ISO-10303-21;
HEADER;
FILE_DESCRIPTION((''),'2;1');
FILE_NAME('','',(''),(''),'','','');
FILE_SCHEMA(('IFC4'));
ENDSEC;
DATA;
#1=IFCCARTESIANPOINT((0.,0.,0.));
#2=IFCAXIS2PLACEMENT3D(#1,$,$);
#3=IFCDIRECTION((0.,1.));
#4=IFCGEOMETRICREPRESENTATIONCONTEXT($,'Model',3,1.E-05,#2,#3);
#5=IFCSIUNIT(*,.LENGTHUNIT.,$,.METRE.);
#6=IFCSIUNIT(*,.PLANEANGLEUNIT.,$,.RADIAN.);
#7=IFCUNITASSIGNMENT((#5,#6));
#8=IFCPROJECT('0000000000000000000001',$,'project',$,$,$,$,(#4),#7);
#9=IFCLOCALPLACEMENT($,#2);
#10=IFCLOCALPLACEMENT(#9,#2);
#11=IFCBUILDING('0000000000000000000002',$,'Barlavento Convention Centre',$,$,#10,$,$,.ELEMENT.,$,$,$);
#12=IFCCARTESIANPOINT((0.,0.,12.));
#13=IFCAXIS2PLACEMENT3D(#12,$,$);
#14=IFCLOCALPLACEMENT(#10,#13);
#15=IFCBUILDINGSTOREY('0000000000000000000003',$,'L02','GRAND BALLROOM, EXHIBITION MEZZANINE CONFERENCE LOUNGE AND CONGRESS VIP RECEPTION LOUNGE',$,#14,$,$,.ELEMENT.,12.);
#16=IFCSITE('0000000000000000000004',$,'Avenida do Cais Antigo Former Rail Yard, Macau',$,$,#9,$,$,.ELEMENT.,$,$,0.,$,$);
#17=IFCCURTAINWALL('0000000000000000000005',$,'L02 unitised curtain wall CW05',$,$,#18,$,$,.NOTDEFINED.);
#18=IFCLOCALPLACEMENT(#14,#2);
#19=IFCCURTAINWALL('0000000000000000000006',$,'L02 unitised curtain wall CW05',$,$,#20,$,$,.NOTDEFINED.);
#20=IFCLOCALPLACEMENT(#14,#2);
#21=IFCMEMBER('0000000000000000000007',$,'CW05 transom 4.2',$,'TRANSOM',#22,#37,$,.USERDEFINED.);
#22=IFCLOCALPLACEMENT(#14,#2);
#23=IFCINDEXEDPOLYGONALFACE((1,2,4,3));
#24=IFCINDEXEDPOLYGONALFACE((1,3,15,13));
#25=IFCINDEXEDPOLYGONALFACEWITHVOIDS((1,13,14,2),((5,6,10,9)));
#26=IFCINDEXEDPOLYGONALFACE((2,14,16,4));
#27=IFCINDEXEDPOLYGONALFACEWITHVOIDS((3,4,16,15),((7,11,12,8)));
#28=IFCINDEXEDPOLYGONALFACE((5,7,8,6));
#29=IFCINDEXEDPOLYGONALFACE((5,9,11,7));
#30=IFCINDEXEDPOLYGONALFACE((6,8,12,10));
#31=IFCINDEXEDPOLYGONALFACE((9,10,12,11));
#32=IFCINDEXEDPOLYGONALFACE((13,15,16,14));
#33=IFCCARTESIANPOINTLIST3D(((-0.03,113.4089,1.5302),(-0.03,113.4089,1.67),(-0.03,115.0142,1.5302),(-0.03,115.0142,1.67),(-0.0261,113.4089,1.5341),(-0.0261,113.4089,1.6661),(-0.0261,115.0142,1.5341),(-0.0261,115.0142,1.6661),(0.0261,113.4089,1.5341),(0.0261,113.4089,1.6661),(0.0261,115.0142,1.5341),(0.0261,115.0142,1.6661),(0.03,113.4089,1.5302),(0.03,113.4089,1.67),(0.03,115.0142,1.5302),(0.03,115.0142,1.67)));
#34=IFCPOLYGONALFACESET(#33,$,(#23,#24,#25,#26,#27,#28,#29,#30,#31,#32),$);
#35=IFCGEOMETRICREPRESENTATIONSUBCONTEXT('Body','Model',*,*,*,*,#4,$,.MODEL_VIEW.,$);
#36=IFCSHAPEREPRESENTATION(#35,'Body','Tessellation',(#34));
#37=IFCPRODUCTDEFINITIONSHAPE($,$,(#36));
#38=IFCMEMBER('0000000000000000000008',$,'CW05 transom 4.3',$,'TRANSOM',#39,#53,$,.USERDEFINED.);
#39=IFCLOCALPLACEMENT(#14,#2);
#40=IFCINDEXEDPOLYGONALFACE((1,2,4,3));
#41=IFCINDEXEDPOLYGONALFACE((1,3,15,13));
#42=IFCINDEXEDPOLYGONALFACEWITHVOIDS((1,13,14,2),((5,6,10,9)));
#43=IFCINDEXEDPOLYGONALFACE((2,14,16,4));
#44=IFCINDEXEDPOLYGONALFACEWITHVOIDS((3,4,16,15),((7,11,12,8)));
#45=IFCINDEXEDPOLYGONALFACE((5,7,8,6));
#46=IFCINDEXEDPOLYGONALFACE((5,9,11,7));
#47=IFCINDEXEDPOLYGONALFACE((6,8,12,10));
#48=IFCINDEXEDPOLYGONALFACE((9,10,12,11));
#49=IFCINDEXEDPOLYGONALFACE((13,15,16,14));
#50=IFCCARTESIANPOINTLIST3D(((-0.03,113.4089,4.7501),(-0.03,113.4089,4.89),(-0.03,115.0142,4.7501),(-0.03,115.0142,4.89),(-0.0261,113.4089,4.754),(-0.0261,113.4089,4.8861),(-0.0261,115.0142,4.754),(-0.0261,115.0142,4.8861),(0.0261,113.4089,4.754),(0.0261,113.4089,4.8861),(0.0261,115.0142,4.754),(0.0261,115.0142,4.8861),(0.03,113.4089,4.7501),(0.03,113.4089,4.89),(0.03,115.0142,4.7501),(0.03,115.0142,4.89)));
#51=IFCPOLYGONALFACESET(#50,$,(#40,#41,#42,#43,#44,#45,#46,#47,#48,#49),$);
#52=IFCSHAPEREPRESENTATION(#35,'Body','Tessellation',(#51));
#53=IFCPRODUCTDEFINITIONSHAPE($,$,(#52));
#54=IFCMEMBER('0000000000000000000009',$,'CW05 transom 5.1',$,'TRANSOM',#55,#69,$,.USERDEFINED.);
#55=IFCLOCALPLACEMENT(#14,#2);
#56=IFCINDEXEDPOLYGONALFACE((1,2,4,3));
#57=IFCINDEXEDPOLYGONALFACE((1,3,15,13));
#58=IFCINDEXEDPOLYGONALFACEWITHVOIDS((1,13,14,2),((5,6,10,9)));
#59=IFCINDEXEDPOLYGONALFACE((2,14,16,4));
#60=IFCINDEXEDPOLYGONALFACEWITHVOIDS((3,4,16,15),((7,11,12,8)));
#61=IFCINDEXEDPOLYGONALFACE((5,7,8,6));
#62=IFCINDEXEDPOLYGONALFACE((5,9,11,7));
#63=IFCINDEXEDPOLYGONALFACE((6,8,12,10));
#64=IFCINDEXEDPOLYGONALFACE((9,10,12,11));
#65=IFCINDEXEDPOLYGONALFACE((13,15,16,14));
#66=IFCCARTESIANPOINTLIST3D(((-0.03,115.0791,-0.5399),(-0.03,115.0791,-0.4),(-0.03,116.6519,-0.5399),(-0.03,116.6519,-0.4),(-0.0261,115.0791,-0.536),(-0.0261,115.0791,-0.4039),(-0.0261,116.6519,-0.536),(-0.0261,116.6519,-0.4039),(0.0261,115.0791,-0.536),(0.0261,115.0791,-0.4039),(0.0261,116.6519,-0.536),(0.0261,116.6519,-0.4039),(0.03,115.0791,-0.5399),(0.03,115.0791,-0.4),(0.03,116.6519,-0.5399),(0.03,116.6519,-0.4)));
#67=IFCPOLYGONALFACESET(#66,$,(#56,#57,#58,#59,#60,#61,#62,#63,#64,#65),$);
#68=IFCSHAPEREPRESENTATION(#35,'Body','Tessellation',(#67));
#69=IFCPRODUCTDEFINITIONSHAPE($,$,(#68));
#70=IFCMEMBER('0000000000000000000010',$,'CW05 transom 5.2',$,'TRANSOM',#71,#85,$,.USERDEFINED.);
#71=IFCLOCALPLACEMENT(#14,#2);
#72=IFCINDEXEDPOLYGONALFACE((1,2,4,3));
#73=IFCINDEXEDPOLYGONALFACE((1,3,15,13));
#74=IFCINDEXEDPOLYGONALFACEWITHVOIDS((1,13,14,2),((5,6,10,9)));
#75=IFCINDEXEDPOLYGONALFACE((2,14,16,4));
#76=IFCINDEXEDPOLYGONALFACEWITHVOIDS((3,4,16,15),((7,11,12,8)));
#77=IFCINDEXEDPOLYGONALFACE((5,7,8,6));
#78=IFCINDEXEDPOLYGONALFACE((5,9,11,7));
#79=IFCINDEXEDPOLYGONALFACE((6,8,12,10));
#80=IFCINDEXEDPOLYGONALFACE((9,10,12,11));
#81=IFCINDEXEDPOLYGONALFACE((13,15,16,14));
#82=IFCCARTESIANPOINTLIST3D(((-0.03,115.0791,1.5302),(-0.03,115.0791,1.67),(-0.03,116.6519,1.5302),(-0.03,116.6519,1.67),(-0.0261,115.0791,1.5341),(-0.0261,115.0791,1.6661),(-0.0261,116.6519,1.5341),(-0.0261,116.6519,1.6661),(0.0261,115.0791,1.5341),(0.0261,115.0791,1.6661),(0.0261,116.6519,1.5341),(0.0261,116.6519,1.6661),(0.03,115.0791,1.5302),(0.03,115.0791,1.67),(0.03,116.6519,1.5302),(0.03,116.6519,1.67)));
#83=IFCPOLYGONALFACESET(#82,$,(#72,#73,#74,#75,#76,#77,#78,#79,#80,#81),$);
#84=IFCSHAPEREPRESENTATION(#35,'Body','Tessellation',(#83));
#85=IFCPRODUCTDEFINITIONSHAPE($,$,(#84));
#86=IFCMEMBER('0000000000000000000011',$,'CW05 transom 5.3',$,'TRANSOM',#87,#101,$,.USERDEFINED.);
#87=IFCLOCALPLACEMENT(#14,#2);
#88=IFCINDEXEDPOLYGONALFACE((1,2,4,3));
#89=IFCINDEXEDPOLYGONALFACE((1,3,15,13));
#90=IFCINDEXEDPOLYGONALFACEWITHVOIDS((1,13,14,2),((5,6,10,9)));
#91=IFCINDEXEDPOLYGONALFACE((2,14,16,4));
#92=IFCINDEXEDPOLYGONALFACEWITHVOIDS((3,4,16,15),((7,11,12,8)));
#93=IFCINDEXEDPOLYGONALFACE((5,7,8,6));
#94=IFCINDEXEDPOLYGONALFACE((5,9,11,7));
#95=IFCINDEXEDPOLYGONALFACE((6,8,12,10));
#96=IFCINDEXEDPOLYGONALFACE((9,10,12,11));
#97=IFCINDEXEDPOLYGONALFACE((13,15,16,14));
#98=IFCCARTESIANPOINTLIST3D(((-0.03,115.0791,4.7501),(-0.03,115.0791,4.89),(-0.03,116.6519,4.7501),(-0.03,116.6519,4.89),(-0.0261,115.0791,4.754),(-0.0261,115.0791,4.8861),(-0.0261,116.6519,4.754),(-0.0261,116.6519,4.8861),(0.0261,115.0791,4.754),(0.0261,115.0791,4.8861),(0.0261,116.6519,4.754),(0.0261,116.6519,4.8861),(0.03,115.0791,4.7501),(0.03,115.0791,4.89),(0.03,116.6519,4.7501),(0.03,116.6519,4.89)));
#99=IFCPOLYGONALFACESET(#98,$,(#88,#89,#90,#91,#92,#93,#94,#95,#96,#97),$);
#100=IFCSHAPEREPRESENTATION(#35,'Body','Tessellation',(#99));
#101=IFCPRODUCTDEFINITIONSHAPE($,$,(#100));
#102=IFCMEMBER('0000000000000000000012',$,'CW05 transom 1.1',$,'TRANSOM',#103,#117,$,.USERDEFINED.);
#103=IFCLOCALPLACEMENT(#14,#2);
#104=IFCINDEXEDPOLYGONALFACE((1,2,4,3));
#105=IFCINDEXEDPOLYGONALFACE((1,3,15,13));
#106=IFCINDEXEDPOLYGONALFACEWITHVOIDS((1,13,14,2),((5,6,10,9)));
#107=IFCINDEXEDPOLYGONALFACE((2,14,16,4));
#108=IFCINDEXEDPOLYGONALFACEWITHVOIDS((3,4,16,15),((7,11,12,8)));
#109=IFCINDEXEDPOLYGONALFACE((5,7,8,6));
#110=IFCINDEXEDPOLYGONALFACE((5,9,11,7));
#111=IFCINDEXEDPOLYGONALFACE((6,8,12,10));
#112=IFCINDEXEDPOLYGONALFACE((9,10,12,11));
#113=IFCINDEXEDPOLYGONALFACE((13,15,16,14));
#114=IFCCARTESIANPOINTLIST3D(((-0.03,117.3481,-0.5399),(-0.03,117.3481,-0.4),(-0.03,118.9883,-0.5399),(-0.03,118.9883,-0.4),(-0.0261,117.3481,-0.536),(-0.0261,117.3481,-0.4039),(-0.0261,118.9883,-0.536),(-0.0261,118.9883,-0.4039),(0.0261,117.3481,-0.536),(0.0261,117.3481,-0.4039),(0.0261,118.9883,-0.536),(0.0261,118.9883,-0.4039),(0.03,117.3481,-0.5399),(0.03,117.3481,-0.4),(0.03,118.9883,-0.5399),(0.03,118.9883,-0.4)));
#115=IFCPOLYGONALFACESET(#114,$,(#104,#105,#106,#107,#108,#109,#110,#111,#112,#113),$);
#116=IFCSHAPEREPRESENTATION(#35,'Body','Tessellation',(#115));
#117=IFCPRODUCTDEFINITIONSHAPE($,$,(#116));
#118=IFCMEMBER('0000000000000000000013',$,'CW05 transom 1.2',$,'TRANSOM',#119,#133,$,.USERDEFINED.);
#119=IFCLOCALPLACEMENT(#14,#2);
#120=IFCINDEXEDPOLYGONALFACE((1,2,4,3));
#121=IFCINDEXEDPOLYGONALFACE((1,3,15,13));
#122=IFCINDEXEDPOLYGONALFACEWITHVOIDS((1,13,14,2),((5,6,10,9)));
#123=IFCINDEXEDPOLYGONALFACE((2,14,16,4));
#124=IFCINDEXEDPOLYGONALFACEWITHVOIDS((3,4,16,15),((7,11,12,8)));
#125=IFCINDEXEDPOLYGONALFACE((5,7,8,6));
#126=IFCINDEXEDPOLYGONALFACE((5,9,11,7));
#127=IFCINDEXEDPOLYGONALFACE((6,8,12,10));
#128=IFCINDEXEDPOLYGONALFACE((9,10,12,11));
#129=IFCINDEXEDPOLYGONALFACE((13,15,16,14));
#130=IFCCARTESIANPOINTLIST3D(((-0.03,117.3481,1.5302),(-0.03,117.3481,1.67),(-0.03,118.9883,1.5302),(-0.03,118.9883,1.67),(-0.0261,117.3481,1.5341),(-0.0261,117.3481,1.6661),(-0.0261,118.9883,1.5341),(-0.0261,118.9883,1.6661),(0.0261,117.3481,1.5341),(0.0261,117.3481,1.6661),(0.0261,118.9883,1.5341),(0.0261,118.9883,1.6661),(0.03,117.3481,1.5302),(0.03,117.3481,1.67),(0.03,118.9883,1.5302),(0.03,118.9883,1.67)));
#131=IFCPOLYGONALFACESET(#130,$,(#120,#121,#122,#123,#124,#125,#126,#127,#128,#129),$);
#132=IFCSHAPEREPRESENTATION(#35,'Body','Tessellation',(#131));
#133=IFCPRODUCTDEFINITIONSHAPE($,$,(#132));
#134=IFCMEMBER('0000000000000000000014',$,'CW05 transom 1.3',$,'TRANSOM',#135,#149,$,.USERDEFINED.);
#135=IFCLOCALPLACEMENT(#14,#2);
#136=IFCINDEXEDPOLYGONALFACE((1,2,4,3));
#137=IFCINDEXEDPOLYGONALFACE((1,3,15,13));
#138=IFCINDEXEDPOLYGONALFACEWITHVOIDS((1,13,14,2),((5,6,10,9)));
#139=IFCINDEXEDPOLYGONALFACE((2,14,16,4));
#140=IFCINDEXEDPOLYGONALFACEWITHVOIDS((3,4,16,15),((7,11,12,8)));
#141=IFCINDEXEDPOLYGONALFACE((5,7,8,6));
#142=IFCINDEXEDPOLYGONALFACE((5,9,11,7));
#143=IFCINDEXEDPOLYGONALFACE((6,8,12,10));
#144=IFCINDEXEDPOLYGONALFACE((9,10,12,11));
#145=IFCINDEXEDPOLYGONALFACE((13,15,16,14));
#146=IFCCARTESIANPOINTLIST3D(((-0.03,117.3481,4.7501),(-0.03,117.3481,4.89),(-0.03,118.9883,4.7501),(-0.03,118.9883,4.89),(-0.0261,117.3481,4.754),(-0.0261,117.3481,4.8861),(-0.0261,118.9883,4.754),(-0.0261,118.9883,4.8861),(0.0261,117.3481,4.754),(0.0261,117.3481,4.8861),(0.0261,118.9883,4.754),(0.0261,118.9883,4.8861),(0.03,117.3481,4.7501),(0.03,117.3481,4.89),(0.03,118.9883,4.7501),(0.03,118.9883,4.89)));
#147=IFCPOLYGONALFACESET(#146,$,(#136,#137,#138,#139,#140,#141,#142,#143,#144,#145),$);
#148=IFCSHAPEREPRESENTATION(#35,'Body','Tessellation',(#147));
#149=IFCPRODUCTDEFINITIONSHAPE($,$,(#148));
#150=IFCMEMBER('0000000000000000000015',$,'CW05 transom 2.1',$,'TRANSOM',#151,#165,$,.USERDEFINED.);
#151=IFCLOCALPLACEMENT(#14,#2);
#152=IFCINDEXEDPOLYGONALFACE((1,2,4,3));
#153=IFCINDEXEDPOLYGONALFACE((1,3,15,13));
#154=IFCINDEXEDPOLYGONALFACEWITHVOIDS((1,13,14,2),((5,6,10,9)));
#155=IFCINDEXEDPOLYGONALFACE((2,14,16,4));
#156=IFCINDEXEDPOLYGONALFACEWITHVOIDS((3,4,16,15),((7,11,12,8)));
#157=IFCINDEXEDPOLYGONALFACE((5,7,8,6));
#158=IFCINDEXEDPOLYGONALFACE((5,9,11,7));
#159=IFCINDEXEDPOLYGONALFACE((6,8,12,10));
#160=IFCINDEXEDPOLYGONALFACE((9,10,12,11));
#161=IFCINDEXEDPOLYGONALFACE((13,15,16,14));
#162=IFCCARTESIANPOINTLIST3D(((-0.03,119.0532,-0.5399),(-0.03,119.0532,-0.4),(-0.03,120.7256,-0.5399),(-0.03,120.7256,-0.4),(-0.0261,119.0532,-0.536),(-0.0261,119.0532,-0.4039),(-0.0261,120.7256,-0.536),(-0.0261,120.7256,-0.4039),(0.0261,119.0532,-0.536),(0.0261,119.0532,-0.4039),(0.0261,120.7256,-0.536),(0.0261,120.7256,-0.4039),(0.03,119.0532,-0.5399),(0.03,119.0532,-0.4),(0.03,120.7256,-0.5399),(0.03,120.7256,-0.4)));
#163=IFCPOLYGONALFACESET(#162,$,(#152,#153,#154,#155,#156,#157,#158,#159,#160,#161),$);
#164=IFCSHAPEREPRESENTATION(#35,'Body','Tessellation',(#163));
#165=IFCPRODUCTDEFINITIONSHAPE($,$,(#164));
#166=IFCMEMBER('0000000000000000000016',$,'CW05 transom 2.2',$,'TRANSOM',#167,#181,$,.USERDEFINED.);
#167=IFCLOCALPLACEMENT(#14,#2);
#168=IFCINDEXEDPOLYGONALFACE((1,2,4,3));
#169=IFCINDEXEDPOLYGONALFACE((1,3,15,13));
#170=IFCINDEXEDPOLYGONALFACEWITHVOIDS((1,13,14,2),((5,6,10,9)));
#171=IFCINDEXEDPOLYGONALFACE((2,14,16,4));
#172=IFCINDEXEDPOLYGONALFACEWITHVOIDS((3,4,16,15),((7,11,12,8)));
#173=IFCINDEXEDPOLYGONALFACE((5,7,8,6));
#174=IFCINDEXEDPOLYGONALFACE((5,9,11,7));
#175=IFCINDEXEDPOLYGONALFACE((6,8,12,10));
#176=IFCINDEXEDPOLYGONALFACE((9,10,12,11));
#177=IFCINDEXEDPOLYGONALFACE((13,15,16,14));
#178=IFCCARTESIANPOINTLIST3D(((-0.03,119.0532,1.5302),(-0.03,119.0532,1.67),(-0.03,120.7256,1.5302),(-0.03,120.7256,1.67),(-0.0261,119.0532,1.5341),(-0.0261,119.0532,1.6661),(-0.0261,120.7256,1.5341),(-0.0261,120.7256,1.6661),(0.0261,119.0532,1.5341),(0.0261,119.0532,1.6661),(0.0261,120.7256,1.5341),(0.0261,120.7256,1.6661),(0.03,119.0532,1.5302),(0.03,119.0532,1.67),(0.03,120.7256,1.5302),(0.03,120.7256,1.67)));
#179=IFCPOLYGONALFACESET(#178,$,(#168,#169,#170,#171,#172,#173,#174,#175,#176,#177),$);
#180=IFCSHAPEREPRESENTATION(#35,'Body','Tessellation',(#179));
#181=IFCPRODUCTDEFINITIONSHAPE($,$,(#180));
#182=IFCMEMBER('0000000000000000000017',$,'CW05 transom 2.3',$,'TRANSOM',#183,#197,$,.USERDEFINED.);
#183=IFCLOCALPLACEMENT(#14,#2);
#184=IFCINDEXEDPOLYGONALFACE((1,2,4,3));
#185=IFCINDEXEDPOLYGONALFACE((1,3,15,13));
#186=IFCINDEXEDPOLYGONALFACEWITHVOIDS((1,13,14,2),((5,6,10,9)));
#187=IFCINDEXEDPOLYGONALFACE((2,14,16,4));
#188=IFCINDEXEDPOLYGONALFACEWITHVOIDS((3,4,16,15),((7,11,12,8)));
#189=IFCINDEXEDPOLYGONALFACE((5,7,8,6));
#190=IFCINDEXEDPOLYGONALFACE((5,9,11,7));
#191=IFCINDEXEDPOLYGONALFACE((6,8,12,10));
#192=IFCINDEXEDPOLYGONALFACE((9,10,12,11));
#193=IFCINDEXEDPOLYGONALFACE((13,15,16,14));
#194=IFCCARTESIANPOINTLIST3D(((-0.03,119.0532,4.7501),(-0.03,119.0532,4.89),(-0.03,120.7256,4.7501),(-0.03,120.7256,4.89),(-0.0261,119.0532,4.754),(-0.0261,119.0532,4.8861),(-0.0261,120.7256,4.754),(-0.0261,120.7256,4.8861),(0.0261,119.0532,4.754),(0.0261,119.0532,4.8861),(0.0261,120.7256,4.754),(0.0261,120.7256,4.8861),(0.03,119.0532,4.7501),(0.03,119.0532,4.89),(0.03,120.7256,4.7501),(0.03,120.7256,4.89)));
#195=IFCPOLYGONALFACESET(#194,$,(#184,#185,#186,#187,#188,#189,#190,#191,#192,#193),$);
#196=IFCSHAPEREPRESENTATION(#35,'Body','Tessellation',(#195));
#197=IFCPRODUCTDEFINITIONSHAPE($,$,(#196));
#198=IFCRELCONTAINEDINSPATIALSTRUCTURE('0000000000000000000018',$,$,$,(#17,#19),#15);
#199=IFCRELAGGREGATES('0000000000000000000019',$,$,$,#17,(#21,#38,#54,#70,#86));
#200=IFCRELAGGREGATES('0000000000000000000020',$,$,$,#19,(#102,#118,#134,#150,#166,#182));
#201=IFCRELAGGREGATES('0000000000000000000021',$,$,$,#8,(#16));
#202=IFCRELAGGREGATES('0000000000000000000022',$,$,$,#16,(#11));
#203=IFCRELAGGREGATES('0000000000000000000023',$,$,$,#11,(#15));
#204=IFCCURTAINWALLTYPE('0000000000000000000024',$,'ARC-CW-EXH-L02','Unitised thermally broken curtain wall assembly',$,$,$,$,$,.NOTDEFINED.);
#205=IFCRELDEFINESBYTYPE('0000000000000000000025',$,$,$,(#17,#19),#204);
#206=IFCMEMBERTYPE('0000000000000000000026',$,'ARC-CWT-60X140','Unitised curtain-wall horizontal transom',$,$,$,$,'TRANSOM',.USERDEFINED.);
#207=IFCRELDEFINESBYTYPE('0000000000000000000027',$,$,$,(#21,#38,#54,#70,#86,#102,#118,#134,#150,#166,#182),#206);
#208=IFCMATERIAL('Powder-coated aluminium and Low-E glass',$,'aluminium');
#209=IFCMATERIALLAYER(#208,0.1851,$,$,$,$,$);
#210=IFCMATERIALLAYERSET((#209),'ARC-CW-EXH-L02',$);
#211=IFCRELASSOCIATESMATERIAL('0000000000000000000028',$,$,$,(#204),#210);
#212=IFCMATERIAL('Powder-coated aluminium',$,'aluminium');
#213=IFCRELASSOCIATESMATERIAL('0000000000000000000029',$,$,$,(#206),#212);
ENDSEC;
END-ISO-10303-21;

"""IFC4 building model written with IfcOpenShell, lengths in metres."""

from ifc_helpers import new_model, si_unit, direction, frame, origin, origin_2d, place, context, subcontext, project, spatial, hollow_rectangle, extrude, material, layer, layer_set, material_profile, profile_set, type_object, element, aggregate, save


model = new_model("IFC4")

# Units and contexts
model_context = context("Model", 3, precision=1e-05, world=origin(), true_north=direction((0.0, 1.0)))
body_context = subcontext(model_context, "Body", "Model", "MODEL_VIEW")
ifc_project = project(units=[si_unit("LENGTHUNIT", "METRE"), si_unit("PLANEANGLEUNIT", "RADIAN")], contexts=[model_context])

# Site, building, storey
site_placement = place(None, origin())
site = spatial("IfcSite", under=ifc_project, at=site_placement, Name="Avenida do Cais Antigo Former Rail Yard, Macau", CompositionType="ELEMENT", RefElevation=0.0)
building_placement = place(site_placement, origin())
building = spatial("IfcBuilding", under=site, at=building_placement, Name="Barlavento Convention Centre", CompositionType="ELEMENT")
storey_placement = place(building_placement, frame((0.0, 0.0, 12.0)))
storey = spatial("IfcBuildingStorey", under=building, at=storey_placement, Name="L02", Description="GRAND BALLROOM, EXHIBITION MEZZANINE CONFERENCE LOUNGE AND CONGRESS VIP RECEPTION LOUNGE", CompositionType="ELEMENT", Elevation=12.0)

# Curtain walls
ifc_material_1 = material(Name="Powder-coated aluminium and Low-E glass", Category="aluminium")
ifc_layer_1 = layer(ifc_material_1, 0.1851)
ifc_layer_set_1 = layer_set([ifc_layer_1], Name="ARC-CW-EXH-L02")
curtain_wall_type = type_object("IfcCurtainWallType", Name="ARC-CW-EXH-L02", Description="Unitised thermally broken curtain wall assembly", PredefinedType="NOTDEFINED", material=ifc_layer_set_1)
curtain_wall_1_placement = place(storey_placement, origin())
curtain_wall_1 = element("IfcCurtainWall", 1, at=curtain_wall_1_placement, inside=storey, type_object=curtain_wall_type, Name="L02 unitised curtain wall CW05", PredefinedType="NOTDEFINED")
ifc_material_2 = material(Name="Powder-coated aluminium", Category="aluminium")
curtain_wall_2_placement = place(storey_placement, origin())
curtain_wall_2 = element("IfcCurtainWall", 2, at=curtain_wall_2_placement, inside=storey, type_object=curtain_wall_type, Name="L02 unitised curtain wall CW05", PredefinedType="NOTDEFINED")

# Members
ifc_material_profile_1 = material_profile(ifc_material_2, hollow_rectangle(XDim=0.0601, YDim=0.1399, WallThickness=0.0039, at=origin_2d()), Name="AL-TRAN 60x140x4")
ifc_profile_set_1 = profile_set([ifc_material_profile_1], Name="Powder-coated aluminium")
member_type_1 = type_object("IfcMemberType", Name="ARC-CWT-60X140", Description="Unitised curtain-wall horizontal transom", ElementType="TRANSOM", PredefinedType="USERDEFINED", material=ifc_profile_set_1)
member_1_placement = place(storey_placement, frame((0.0, 113.4089, 1.6001), z_axis=(0.0, 1.0, 0.0), x_axis=(-1.0, 0.0, 0.0)))
member_1 = element("IfcMember", 3, at=member_1_placement, type_object=member_type_1, Name="CW05 transom 4.2", ObjectType="TRANSOM", PredefinedType="USERDEFINED", context=body_context, shape_type="SweptSolid", body=[
    extrude(hollow_rectangle(XDim=0.0601, YDim=0.1399, WallThickness=0.0039, at=origin_2d()), origin(), (0.0, 0.0, 1.0), 1.6052),
])
member_2_placement = place(storey_placement, frame((0.0, 113.4089, 4.8201), z_axis=(0.0, 1.0, 0.0), x_axis=(-1.0, 0.0, 0.0)))
member_2 = element("IfcMember", 4, at=member_2_placement, type_object=member_type_1, Name="CW05 transom 4.3", ObjectType="TRANSOM", PredefinedType="USERDEFINED", context=body_context, shape_type="SweptSolid", body=[
    extrude(hollow_rectangle(XDim=0.0601, YDim=0.1399, WallThickness=0.0039, at=origin_2d()), origin(), (0.0, 0.0, 1.0), 1.6052),
])
member_3_placement = place(storey_placement, frame((0.0, 115.0791, -0.47), z_axis=(0.0, 1.0, 0.0), x_axis=(-1.0, 0.0, 0.0)))
member_3 = element("IfcMember", 5, at=member_3_placement, type_object=member_type_1, Name="CW05 transom 5.1", ObjectType="TRANSOM", PredefinedType="USERDEFINED", context=body_context, shape_type="SweptSolid", body=[
    extrude(hollow_rectangle(XDim=0.0601, YDim=0.1399, WallThickness=0.0039, at=origin_2d()), origin(), (0.0, 0.0, 1.0), 1.5728),
])
member_4_placement = place(storey_placement, frame((0.0, 115.0791, 1.6001), z_axis=(0.0, 1.0, 0.0), x_axis=(-1.0, 0.0, 0.0)))
member_4 = element("IfcMember", 6, at=member_4_placement, type_object=member_type_1, Name="CW05 transom 5.2", ObjectType="TRANSOM", PredefinedType="USERDEFINED", context=body_context, shape_type="SweptSolid", body=[
    extrude(hollow_rectangle(XDim=0.0601, YDim=0.1399, WallThickness=0.0039, at=origin_2d()), origin(), (0.0, 0.0, 1.0), 1.5728),
])
member_5_placement = place(storey_placement, frame((0.0, 115.0791, 4.8201), z_axis=(0.0, 1.0, 0.0), x_axis=(-1.0, 0.0, 0.0)))
member_5 = element("IfcMember", 7, at=member_5_placement, type_object=member_type_1, Name="CW05 transom 5.3", ObjectType="TRANSOM", PredefinedType="USERDEFINED", context=body_context, shape_type="SweptSolid", body=[
    extrude(hollow_rectangle(XDim=0.0601, YDim=0.1399, WallThickness=0.0039, at=origin_2d()), origin(), (0.0, 0.0, 1.0), 1.5728),
])
member_6_placement = place(storey_placement, frame((0.0, 117.3481, -0.47), z_axis=(0.0, 1.0, 0.0), x_axis=(-1.0, 0.0, 0.0)))
member_6 = element("IfcMember", 8, at=member_6_placement, type_object=member_type_1, Name="CW05 transom 1.1", ObjectType="TRANSOM", PredefinedType="USERDEFINED", context=body_context, shape_type="SweptSolid", body=[
    extrude(hollow_rectangle(XDim=0.0601, YDim=0.1399, WallThickness=0.0039, at=origin_2d()), origin(), (0.0, 0.0, 1.0), 1.6401),
])
member_7_placement = place(storey_placement, frame((0.0, 117.3481, 1.6001), z_axis=(0.0, 1.0, 0.0), x_axis=(-1.0, 0.0, 0.0)))
member_7 = element("IfcMember", 9, at=member_7_placement, type_object=member_type_1, Name="CW05 transom 1.2", ObjectType="TRANSOM", PredefinedType="USERDEFINED", context=body_context, shape_type="SweptSolid", body=[
    extrude(hollow_rectangle(XDim=0.0601, YDim=0.1399, WallThickness=0.0039, at=origin_2d()), origin(), (0.0, 0.0, 1.0), 1.6401),
])
member_8_placement = place(storey_placement, frame((0.0, 117.3481, 4.8201), z_axis=(0.0, 1.0, 0.0), x_axis=(-1.0, 0.0, 0.0)))
member_8 = element("IfcMember", 10, at=member_8_placement, type_object=member_type_1, Name="CW05 transom 1.3", ObjectType="TRANSOM", PredefinedType="USERDEFINED", context=body_context, shape_type="SweptSolid", body=[
    extrude(hollow_rectangle(XDim=0.0601, YDim=0.1399, WallThickness=0.0039, at=origin_2d()), origin(), (0.0, 0.0, 1.0), 1.6401),
])
member_9_placement = place(storey_placement, frame((0.0, 119.0532, -0.47), z_axis=(0.0, 1.0, 0.0), x_axis=(-1.0, 0.0, 0.0)))
member_9 = element("IfcMember", 11, at=member_9_placement, type_object=member_type_1, Name="CW05 transom 2.1", ObjectType="TRANSOM", PredefinedType="USERDEFINED", context=body_context, shape_type="SweptSolid", body=[
    extrude(hollow_rectangle(XDim=0.0601, YDim=0.1399, WallThickness=0.0039, at=origin_2d()), origin(), (0.0, 0.0, 1.0), 1.6724),
])
member_10_placement = place(storey_placement, frame((0.0, 119.0532, 1.6001), z_axis=(0.0, 1.0, 0.0), x_axis=(-1.0, 0.0, 0.0)))
member_10 = element("IfcMember", 12, at=member_10_placement, type_object=member_type_1, Name="CW05 transom 2.2", ObjectType="TRANSOM", PredefinedType="USERDEFINED", context=body_context, shape_type="SweptSolid", body=[
    extrude(hollow_rectangle(XDim=0.0601, YDim=0.1399, WallThickness=0.0039, at=origin_2d()), origin(), (0.0, 0.0, 1.0), 1.6724),
])
member_11_placement = place(storey_placement, frame((0.0, 119.0532, 4.8201), z_axis=(0.0, 1.0, 0.0), x_axis=(-1.0, 0.0, 0.0)))
member_11 = element("IfcMember", 13, at=member_11_placement, type_object=member_type_1, Name="CW05 transom 2.3", ObjectType="TRANSOM", PredefinedType="USERDEFINED", context=body_context, shape_type="SweptSolid", body=[
    extrude(hollow_rectangle(XDim=0.0601, YDim=0.1399, WallThickness=0.0039, at=origin_2d()), origin(), (0.0, 0.0, 1.0), 1.6724),
])

aggregate(curtain_wall_1, [member_1, member_2, member_3, member_4, member_5])
aggregate(curtain_wall_2, [member_6, member_7, member_8, member_9, member_10, member_11])

save(model, "model.ifc")
